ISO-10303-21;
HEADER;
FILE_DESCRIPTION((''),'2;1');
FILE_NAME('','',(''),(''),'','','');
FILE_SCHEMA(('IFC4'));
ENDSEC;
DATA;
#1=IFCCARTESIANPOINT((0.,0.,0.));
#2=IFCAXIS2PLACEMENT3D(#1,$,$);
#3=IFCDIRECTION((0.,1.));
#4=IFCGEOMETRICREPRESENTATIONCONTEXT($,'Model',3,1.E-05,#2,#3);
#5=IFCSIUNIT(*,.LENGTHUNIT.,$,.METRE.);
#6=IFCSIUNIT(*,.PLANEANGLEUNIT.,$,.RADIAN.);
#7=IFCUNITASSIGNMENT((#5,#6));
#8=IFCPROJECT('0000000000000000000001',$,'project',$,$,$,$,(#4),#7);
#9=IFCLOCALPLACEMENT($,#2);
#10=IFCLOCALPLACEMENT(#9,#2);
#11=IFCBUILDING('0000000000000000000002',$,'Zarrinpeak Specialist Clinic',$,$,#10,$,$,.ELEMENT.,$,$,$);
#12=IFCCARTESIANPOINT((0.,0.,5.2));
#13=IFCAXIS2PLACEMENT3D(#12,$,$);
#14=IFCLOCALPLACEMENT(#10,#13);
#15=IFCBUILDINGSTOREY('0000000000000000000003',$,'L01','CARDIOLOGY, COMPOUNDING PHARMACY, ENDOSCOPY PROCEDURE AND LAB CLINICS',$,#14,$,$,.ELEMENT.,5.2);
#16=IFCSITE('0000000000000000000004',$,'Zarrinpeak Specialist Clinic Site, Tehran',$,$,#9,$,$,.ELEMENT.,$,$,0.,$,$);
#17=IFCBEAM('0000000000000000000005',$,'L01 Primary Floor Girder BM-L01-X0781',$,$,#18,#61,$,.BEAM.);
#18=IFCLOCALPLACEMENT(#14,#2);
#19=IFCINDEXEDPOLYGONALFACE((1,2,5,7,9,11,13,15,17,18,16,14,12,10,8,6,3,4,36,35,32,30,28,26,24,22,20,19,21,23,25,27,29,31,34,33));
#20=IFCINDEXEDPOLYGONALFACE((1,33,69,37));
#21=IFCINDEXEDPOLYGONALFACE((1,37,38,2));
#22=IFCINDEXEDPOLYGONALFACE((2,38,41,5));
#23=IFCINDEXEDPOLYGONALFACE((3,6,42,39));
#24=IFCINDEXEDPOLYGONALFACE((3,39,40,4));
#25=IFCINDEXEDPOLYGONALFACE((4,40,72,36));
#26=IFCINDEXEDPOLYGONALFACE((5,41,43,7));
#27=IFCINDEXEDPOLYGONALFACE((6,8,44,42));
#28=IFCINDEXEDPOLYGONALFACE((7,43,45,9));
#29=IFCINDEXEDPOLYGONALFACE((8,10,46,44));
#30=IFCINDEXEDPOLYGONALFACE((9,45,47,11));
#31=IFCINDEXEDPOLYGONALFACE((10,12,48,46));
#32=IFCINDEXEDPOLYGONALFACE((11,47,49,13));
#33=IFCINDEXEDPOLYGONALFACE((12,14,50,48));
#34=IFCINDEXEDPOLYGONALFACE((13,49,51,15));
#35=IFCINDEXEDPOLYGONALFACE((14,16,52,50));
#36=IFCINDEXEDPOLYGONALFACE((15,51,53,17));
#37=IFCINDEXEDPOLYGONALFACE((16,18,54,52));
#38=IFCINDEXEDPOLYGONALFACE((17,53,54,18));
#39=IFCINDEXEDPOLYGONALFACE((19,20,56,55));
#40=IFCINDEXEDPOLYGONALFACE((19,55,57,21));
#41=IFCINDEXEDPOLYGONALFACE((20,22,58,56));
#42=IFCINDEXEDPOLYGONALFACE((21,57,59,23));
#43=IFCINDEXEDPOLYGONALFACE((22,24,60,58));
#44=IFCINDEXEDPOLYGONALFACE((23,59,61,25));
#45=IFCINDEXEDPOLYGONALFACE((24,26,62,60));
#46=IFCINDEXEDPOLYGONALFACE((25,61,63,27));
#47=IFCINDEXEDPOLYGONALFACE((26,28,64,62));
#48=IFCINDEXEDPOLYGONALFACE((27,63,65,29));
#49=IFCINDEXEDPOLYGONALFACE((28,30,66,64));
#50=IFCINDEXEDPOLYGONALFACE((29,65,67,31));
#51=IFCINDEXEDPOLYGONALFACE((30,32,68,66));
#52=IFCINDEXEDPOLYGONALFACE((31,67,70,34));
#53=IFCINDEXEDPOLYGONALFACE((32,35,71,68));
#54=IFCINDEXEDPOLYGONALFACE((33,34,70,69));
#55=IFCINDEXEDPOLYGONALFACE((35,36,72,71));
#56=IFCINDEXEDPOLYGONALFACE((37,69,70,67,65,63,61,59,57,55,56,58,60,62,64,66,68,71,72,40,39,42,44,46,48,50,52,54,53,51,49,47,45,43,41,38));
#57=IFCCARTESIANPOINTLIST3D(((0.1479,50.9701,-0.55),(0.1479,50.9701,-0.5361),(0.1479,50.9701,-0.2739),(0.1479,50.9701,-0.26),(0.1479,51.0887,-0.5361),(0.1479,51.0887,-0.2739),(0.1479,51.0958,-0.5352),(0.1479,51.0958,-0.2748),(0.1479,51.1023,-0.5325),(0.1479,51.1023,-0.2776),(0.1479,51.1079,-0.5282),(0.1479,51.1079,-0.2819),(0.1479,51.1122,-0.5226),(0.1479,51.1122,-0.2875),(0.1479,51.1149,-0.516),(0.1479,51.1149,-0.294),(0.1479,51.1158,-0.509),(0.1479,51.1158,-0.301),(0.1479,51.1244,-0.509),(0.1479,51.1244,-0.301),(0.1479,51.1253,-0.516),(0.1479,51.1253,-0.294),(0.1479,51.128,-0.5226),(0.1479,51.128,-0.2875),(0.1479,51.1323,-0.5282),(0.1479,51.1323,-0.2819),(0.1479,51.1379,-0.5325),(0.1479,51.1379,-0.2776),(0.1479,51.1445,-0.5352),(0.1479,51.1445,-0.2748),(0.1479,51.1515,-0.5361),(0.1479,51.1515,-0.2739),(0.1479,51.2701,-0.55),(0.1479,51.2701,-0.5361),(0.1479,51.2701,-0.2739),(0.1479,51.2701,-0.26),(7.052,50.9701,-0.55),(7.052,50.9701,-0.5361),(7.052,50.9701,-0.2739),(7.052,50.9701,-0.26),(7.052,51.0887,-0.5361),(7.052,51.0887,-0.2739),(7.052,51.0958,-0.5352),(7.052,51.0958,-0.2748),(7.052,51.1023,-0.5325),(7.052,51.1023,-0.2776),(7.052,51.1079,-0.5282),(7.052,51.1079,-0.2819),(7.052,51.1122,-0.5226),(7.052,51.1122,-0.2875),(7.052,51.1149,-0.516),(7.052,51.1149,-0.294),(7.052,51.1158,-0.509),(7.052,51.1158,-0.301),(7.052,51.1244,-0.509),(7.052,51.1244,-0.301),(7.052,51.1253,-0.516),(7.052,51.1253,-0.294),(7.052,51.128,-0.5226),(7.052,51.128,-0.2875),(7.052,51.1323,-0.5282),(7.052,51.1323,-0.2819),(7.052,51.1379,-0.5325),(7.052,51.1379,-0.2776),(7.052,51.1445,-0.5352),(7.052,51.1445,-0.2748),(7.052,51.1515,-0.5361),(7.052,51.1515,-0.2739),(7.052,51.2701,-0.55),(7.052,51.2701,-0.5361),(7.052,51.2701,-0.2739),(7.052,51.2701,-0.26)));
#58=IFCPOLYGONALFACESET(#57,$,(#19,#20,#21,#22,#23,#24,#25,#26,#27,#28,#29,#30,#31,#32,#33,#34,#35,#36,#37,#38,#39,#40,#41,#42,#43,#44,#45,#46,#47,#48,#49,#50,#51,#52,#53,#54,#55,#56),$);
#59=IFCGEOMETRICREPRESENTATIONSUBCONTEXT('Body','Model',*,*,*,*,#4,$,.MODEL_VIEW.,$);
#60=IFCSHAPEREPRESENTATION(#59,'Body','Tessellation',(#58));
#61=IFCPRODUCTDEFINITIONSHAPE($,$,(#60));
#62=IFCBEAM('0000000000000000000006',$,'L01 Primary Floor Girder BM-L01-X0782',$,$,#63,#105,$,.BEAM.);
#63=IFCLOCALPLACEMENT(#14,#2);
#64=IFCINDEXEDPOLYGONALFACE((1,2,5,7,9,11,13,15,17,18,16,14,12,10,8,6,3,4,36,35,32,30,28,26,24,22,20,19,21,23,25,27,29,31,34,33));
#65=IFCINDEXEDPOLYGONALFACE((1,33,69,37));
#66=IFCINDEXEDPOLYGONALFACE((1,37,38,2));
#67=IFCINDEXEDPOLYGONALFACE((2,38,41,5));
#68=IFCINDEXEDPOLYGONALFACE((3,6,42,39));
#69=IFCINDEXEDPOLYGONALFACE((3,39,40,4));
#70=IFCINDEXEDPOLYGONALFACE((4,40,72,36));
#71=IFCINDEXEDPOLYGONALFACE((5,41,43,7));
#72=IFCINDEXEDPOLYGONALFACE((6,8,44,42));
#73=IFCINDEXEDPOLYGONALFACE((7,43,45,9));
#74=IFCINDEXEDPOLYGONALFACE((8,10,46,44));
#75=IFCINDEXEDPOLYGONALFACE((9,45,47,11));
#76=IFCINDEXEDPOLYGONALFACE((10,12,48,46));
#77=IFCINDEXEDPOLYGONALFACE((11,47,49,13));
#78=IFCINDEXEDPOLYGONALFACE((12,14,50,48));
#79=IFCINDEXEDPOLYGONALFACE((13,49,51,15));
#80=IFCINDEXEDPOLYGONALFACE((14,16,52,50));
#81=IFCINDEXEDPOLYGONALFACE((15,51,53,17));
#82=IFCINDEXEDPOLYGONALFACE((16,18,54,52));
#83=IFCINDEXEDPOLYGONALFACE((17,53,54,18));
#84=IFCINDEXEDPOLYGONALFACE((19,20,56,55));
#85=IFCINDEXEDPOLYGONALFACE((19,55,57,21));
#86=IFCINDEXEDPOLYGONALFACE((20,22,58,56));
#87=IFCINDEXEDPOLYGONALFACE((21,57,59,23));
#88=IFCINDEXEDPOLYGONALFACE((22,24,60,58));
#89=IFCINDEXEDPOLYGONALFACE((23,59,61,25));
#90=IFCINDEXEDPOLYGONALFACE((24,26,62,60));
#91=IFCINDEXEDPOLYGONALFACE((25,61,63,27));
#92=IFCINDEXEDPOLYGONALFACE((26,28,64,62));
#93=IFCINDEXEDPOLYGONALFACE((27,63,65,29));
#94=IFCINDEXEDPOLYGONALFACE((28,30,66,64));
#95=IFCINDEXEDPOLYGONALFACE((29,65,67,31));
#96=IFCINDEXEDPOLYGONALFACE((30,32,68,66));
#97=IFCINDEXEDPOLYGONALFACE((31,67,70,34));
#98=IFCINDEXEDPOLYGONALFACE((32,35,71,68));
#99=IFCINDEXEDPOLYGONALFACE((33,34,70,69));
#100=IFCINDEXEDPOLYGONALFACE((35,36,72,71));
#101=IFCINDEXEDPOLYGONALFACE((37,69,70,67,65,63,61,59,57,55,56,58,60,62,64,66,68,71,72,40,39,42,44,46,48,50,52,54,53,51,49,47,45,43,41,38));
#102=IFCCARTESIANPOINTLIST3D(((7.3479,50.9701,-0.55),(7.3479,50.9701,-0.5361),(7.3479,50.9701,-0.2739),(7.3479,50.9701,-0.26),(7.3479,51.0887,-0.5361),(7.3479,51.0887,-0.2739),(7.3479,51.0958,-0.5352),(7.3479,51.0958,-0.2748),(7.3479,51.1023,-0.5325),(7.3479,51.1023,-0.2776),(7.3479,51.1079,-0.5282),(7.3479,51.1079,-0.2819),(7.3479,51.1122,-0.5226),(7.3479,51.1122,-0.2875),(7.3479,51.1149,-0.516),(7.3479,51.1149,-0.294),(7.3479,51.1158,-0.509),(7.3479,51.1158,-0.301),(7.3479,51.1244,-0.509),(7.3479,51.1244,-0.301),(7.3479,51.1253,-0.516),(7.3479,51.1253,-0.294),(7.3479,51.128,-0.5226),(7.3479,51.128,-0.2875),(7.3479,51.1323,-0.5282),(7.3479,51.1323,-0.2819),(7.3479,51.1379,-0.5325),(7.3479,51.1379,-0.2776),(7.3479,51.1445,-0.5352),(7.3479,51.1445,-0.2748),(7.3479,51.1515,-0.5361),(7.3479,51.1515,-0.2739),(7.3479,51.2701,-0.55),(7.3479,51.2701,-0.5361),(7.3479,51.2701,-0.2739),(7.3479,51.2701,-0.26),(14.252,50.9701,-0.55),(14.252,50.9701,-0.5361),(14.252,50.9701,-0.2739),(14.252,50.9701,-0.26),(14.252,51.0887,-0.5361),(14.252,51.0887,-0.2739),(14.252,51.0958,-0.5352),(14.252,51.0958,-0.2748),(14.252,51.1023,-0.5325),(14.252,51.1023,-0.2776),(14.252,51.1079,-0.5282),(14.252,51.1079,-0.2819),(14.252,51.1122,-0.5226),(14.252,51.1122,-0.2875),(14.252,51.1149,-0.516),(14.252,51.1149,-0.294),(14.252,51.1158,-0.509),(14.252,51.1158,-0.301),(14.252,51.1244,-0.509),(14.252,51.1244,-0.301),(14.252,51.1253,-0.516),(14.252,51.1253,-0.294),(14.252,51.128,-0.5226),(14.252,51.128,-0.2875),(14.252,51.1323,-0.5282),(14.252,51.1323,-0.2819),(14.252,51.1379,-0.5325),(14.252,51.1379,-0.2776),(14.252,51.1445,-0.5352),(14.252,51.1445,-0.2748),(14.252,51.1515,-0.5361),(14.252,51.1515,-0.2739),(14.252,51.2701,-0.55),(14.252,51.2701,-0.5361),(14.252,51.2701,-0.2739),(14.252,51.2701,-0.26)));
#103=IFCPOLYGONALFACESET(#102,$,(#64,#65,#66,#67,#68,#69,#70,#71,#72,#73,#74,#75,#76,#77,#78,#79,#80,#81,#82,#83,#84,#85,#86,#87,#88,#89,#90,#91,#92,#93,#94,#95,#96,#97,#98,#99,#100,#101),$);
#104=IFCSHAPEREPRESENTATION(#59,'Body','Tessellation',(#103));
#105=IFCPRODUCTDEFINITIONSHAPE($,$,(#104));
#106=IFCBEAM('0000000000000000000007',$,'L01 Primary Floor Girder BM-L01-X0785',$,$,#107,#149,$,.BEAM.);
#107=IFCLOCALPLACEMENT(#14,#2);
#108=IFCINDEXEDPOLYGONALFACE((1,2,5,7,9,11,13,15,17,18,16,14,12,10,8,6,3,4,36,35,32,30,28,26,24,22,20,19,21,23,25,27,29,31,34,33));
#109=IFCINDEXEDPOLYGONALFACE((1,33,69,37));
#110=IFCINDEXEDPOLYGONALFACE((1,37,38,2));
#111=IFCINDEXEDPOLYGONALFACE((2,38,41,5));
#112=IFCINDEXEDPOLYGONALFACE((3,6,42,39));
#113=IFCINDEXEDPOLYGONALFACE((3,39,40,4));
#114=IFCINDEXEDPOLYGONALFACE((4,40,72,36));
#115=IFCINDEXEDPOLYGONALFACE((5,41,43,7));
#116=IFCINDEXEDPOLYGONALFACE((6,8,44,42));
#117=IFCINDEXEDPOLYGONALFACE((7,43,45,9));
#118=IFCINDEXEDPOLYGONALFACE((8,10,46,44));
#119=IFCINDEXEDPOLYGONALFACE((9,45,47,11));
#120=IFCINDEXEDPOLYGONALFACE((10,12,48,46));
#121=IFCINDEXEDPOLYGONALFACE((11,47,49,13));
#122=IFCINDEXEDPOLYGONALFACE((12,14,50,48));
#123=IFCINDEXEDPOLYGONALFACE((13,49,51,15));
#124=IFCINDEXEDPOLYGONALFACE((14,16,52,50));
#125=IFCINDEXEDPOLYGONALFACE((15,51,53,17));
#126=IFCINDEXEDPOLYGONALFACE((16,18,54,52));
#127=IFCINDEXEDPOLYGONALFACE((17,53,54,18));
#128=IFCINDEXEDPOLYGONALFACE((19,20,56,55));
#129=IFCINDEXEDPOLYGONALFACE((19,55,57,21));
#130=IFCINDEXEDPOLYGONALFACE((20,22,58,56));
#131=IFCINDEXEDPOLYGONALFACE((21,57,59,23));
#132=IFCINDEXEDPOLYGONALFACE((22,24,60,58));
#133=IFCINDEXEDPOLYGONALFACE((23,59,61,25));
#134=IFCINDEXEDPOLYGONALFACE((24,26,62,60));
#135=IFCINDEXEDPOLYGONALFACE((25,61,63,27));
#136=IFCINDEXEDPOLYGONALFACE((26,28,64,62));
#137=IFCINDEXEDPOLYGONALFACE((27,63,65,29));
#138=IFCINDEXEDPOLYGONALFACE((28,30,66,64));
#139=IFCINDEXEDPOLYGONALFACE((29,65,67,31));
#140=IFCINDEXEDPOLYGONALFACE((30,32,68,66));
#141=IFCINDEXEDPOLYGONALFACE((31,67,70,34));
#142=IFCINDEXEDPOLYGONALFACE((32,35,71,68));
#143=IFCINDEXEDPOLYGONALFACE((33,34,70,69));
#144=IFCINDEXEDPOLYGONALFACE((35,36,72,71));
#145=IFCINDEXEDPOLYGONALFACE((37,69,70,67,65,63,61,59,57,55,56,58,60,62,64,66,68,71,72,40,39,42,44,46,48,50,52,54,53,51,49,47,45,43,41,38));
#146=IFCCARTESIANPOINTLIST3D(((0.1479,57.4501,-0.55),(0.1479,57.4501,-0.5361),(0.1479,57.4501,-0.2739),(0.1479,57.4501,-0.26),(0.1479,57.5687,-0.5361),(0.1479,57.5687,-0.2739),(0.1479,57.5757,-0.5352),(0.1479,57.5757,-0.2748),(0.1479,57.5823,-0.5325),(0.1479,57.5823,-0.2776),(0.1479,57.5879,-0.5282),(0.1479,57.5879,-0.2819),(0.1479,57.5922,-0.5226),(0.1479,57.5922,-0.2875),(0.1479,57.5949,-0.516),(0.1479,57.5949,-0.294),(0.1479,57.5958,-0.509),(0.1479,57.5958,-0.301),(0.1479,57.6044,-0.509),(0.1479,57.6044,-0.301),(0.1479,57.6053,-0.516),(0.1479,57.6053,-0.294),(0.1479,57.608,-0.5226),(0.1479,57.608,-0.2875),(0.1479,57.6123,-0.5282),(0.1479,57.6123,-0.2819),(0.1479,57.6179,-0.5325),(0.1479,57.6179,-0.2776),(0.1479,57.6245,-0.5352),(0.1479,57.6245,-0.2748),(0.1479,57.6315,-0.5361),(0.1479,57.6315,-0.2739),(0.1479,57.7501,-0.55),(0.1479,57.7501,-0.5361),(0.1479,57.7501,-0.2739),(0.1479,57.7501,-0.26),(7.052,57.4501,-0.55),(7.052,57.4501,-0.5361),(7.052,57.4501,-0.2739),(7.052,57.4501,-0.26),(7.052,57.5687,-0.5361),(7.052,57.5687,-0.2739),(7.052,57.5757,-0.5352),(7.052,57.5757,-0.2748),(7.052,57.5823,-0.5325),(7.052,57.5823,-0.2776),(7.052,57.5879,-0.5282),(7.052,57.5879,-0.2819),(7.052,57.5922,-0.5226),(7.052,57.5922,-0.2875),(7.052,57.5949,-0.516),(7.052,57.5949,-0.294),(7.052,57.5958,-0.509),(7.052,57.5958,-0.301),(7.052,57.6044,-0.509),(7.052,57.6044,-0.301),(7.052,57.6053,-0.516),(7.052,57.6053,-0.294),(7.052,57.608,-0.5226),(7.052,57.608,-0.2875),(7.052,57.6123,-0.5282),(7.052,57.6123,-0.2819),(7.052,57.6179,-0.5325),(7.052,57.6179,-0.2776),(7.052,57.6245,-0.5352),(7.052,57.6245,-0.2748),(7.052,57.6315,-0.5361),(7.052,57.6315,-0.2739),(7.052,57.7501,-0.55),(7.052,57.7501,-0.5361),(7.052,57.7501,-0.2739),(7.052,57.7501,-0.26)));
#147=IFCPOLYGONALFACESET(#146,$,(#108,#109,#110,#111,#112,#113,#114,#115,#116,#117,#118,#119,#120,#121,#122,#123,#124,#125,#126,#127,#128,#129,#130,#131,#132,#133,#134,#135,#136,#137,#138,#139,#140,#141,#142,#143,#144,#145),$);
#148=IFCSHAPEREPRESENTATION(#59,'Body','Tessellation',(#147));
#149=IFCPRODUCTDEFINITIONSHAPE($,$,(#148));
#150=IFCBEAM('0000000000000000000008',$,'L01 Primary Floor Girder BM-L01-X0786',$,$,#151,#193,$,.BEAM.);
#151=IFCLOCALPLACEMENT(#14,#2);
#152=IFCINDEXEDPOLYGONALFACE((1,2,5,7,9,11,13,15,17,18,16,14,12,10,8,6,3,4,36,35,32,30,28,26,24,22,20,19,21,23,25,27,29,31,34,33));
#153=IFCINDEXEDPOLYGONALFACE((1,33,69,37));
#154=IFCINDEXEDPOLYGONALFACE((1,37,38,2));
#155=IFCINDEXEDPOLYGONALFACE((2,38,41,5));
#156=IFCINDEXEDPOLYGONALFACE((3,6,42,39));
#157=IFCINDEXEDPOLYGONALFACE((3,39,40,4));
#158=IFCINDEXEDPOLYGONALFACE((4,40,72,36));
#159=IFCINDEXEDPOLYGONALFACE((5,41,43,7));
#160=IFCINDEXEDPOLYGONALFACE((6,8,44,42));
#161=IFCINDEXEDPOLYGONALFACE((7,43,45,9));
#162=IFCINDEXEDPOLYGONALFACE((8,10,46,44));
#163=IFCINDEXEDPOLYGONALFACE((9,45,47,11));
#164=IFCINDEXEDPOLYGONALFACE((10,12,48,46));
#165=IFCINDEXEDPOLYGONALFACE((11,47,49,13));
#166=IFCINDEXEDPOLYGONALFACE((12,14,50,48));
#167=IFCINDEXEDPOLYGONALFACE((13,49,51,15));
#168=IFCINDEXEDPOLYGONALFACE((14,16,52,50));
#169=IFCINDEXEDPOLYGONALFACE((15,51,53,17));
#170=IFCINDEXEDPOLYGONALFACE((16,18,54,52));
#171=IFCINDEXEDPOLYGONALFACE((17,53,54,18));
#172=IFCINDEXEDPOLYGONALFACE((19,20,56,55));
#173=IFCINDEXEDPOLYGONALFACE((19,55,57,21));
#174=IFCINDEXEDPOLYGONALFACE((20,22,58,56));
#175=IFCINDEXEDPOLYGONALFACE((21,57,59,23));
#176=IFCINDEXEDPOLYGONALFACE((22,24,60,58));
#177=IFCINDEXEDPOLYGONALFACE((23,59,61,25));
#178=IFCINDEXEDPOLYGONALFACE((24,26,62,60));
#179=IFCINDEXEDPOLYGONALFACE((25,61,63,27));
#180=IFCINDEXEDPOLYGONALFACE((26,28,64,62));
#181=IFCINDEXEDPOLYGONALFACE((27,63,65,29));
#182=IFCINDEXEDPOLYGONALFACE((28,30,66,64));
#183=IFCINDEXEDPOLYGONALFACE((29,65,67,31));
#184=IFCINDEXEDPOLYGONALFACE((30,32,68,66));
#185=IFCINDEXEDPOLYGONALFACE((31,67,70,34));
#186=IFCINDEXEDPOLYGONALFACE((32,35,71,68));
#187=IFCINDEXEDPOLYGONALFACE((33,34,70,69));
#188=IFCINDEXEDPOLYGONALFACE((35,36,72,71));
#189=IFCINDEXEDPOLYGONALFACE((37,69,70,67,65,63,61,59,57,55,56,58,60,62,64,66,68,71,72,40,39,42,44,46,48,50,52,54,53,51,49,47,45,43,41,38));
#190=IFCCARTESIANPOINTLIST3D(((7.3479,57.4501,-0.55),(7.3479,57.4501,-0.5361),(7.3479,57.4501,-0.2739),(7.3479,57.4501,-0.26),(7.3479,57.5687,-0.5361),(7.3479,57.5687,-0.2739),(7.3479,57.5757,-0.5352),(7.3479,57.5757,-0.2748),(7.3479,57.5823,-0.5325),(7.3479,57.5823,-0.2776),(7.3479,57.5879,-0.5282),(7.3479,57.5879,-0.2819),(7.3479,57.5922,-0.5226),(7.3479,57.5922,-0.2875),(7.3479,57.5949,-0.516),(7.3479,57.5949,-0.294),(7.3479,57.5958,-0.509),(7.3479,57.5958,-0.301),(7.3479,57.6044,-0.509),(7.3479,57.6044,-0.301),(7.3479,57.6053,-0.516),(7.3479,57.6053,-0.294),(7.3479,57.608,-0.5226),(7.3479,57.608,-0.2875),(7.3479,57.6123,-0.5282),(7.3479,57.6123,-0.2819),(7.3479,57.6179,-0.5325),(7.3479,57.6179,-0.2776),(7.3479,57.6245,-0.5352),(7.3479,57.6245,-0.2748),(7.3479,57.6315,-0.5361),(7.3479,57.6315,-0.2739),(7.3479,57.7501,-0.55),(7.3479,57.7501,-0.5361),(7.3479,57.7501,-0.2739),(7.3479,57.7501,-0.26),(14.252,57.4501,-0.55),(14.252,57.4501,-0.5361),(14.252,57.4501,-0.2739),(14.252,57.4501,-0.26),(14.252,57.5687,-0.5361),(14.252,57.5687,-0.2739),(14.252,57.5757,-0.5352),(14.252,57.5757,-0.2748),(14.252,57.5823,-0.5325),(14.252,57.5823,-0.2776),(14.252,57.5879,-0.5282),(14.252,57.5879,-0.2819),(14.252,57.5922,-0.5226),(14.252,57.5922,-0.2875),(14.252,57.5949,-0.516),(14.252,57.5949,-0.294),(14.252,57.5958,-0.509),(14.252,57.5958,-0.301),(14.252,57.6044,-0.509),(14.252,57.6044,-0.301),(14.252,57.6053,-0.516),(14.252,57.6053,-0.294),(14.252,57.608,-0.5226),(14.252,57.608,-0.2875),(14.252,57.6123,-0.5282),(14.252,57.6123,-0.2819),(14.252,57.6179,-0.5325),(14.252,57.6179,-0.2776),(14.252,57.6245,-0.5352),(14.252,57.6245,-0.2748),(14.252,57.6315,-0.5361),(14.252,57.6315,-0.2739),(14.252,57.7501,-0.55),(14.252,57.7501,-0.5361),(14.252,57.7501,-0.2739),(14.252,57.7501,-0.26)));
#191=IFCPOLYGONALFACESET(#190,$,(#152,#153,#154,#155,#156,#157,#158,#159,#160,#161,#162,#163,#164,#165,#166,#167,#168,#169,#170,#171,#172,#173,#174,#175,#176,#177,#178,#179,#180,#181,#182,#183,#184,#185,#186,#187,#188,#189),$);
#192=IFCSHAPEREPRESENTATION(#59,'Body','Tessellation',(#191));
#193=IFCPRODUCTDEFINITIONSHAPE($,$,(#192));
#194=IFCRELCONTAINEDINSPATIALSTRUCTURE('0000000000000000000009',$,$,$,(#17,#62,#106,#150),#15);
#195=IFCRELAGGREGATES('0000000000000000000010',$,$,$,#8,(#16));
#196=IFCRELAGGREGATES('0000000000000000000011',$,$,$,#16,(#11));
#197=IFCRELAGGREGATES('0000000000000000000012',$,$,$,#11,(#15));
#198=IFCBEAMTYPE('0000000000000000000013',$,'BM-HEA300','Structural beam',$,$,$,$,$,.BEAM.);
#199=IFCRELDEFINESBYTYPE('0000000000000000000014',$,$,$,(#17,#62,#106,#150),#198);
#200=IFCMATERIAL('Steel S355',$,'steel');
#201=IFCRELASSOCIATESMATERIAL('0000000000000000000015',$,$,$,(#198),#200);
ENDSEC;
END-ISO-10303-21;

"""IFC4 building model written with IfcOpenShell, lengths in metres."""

from ifc_helpers import new_model, si_unit, direction, frame, origin, origin_2d, place, context, subcontext, project, spatial, i_section, extrude, material, material_profile, profile_set, type_object, element, save


model = new_model("IFC4")

# Units and contexts
model_context = context("Model", 3, precision=1e-05, world=origin(), true_north=direction((0.0, 1.0)))
body_context = subcontext(model_context, "Body", "Model", "MODEL_VIEW")
ifc_project = project(units=[si_unit("LENGTHUNIT", "METRE"), si_unit("PLANEANGLEUNIT", "RADIAN")], contexts=[model_context])

# Site, building, storey
site_placement = place(None, origin())
site = spatial("IfcSite", under=ifc_project, at=site_placement, Name="Zarrinpeak Specialist Clinic Site, Tehran", CompositionType="ELEMENT", RefElevation=0.0)
building_placement = place(site_placement, origin())
building = spatial("IfcBuilding", under=site, at=building_placement, Name="Zarrinpeak Specialist Clinic", CompositionType="ELEMENT")
storey_placement = place(building_placement, frame((0.0, 0.0, 5.2)))
storey = spatial("IfcBuildingStorey", under=building, at=storey_placement, Name="L01", Description="CARDIOLOGY, COMPOUNDING PHARMACY, ENDOSCOPY PROCEDURE AND LAB CLINICS", CompositionType="ELEMENT", Elevation=5.2)

# Shared definitions
ifc_material_1 = material(Name="Steel S355", Category="steel")

# Beams
ifc_material_profile_1 = material_profile(ifc_material_1, i_section(OverallWidth=0.3, OverallDepth=0.29, WebThickness=0.0085, FlangeThickness=0.0139, FilletRadius=0.0271, at=origin_2d()), Name="HEA 300")
ifc_profile_set_1 = profile_set([ifc_material_profile_1], Name="Steel S355")
beam_type_1 = type_object("IfcBeamType", Name="BM-HEA300", Description="Structural beam", PredefinedType="BEAM", material=ifc_profile_set_1)
for number, where, z_axis, x_axis, name in (
    (1, (0.1479, 51.1201, -0.405), (1.0, 0.0, 0.0), (0.0, 1.0, 0.0), "L01 Primary Floor Girder BM-L01-X0781"),
    (2, (7.3479, 51.1201, -0.405), (1.0, 0.0, 0.0), (0.0, 1.0, 0.0), "L01 Primary Floor Girder BM-L01-X0782"),
    (3, (0.1479, 57.6001, -0.405), (1.0, 0.0, 0.0), (0.0, 1.0, 0.0), "L01 Primary Floor Girder BM-L01-X0785"),
    (4, (7.3479, 57.6001, -0.405), (1.0, 0.0, 0.0), (0.0, 1.0, 0.0), "L01 Primary Floor Girder BM-L01-X0786"),
):
    element("IfcBeam", number, at=place(storey_placement, frame(where, z_axis=z_axis, x_axis=x_axis)), inside=storey, type_object=beam_type_1, Name=name, PredefinedType="BEAM", context=body_context, shape_type="SweptSolid", body=[
        extrude(i_section(OverallWidth=0.3, OverallDepth=0.29, WebThickness=0.0085, FlangeThickness=0.0139, FilletRadius=0.0271, at=origin_2d()), origin(), (0.0, 0.0, 1.0), 6.9041),
    ])

save(model, "model.ifc")
